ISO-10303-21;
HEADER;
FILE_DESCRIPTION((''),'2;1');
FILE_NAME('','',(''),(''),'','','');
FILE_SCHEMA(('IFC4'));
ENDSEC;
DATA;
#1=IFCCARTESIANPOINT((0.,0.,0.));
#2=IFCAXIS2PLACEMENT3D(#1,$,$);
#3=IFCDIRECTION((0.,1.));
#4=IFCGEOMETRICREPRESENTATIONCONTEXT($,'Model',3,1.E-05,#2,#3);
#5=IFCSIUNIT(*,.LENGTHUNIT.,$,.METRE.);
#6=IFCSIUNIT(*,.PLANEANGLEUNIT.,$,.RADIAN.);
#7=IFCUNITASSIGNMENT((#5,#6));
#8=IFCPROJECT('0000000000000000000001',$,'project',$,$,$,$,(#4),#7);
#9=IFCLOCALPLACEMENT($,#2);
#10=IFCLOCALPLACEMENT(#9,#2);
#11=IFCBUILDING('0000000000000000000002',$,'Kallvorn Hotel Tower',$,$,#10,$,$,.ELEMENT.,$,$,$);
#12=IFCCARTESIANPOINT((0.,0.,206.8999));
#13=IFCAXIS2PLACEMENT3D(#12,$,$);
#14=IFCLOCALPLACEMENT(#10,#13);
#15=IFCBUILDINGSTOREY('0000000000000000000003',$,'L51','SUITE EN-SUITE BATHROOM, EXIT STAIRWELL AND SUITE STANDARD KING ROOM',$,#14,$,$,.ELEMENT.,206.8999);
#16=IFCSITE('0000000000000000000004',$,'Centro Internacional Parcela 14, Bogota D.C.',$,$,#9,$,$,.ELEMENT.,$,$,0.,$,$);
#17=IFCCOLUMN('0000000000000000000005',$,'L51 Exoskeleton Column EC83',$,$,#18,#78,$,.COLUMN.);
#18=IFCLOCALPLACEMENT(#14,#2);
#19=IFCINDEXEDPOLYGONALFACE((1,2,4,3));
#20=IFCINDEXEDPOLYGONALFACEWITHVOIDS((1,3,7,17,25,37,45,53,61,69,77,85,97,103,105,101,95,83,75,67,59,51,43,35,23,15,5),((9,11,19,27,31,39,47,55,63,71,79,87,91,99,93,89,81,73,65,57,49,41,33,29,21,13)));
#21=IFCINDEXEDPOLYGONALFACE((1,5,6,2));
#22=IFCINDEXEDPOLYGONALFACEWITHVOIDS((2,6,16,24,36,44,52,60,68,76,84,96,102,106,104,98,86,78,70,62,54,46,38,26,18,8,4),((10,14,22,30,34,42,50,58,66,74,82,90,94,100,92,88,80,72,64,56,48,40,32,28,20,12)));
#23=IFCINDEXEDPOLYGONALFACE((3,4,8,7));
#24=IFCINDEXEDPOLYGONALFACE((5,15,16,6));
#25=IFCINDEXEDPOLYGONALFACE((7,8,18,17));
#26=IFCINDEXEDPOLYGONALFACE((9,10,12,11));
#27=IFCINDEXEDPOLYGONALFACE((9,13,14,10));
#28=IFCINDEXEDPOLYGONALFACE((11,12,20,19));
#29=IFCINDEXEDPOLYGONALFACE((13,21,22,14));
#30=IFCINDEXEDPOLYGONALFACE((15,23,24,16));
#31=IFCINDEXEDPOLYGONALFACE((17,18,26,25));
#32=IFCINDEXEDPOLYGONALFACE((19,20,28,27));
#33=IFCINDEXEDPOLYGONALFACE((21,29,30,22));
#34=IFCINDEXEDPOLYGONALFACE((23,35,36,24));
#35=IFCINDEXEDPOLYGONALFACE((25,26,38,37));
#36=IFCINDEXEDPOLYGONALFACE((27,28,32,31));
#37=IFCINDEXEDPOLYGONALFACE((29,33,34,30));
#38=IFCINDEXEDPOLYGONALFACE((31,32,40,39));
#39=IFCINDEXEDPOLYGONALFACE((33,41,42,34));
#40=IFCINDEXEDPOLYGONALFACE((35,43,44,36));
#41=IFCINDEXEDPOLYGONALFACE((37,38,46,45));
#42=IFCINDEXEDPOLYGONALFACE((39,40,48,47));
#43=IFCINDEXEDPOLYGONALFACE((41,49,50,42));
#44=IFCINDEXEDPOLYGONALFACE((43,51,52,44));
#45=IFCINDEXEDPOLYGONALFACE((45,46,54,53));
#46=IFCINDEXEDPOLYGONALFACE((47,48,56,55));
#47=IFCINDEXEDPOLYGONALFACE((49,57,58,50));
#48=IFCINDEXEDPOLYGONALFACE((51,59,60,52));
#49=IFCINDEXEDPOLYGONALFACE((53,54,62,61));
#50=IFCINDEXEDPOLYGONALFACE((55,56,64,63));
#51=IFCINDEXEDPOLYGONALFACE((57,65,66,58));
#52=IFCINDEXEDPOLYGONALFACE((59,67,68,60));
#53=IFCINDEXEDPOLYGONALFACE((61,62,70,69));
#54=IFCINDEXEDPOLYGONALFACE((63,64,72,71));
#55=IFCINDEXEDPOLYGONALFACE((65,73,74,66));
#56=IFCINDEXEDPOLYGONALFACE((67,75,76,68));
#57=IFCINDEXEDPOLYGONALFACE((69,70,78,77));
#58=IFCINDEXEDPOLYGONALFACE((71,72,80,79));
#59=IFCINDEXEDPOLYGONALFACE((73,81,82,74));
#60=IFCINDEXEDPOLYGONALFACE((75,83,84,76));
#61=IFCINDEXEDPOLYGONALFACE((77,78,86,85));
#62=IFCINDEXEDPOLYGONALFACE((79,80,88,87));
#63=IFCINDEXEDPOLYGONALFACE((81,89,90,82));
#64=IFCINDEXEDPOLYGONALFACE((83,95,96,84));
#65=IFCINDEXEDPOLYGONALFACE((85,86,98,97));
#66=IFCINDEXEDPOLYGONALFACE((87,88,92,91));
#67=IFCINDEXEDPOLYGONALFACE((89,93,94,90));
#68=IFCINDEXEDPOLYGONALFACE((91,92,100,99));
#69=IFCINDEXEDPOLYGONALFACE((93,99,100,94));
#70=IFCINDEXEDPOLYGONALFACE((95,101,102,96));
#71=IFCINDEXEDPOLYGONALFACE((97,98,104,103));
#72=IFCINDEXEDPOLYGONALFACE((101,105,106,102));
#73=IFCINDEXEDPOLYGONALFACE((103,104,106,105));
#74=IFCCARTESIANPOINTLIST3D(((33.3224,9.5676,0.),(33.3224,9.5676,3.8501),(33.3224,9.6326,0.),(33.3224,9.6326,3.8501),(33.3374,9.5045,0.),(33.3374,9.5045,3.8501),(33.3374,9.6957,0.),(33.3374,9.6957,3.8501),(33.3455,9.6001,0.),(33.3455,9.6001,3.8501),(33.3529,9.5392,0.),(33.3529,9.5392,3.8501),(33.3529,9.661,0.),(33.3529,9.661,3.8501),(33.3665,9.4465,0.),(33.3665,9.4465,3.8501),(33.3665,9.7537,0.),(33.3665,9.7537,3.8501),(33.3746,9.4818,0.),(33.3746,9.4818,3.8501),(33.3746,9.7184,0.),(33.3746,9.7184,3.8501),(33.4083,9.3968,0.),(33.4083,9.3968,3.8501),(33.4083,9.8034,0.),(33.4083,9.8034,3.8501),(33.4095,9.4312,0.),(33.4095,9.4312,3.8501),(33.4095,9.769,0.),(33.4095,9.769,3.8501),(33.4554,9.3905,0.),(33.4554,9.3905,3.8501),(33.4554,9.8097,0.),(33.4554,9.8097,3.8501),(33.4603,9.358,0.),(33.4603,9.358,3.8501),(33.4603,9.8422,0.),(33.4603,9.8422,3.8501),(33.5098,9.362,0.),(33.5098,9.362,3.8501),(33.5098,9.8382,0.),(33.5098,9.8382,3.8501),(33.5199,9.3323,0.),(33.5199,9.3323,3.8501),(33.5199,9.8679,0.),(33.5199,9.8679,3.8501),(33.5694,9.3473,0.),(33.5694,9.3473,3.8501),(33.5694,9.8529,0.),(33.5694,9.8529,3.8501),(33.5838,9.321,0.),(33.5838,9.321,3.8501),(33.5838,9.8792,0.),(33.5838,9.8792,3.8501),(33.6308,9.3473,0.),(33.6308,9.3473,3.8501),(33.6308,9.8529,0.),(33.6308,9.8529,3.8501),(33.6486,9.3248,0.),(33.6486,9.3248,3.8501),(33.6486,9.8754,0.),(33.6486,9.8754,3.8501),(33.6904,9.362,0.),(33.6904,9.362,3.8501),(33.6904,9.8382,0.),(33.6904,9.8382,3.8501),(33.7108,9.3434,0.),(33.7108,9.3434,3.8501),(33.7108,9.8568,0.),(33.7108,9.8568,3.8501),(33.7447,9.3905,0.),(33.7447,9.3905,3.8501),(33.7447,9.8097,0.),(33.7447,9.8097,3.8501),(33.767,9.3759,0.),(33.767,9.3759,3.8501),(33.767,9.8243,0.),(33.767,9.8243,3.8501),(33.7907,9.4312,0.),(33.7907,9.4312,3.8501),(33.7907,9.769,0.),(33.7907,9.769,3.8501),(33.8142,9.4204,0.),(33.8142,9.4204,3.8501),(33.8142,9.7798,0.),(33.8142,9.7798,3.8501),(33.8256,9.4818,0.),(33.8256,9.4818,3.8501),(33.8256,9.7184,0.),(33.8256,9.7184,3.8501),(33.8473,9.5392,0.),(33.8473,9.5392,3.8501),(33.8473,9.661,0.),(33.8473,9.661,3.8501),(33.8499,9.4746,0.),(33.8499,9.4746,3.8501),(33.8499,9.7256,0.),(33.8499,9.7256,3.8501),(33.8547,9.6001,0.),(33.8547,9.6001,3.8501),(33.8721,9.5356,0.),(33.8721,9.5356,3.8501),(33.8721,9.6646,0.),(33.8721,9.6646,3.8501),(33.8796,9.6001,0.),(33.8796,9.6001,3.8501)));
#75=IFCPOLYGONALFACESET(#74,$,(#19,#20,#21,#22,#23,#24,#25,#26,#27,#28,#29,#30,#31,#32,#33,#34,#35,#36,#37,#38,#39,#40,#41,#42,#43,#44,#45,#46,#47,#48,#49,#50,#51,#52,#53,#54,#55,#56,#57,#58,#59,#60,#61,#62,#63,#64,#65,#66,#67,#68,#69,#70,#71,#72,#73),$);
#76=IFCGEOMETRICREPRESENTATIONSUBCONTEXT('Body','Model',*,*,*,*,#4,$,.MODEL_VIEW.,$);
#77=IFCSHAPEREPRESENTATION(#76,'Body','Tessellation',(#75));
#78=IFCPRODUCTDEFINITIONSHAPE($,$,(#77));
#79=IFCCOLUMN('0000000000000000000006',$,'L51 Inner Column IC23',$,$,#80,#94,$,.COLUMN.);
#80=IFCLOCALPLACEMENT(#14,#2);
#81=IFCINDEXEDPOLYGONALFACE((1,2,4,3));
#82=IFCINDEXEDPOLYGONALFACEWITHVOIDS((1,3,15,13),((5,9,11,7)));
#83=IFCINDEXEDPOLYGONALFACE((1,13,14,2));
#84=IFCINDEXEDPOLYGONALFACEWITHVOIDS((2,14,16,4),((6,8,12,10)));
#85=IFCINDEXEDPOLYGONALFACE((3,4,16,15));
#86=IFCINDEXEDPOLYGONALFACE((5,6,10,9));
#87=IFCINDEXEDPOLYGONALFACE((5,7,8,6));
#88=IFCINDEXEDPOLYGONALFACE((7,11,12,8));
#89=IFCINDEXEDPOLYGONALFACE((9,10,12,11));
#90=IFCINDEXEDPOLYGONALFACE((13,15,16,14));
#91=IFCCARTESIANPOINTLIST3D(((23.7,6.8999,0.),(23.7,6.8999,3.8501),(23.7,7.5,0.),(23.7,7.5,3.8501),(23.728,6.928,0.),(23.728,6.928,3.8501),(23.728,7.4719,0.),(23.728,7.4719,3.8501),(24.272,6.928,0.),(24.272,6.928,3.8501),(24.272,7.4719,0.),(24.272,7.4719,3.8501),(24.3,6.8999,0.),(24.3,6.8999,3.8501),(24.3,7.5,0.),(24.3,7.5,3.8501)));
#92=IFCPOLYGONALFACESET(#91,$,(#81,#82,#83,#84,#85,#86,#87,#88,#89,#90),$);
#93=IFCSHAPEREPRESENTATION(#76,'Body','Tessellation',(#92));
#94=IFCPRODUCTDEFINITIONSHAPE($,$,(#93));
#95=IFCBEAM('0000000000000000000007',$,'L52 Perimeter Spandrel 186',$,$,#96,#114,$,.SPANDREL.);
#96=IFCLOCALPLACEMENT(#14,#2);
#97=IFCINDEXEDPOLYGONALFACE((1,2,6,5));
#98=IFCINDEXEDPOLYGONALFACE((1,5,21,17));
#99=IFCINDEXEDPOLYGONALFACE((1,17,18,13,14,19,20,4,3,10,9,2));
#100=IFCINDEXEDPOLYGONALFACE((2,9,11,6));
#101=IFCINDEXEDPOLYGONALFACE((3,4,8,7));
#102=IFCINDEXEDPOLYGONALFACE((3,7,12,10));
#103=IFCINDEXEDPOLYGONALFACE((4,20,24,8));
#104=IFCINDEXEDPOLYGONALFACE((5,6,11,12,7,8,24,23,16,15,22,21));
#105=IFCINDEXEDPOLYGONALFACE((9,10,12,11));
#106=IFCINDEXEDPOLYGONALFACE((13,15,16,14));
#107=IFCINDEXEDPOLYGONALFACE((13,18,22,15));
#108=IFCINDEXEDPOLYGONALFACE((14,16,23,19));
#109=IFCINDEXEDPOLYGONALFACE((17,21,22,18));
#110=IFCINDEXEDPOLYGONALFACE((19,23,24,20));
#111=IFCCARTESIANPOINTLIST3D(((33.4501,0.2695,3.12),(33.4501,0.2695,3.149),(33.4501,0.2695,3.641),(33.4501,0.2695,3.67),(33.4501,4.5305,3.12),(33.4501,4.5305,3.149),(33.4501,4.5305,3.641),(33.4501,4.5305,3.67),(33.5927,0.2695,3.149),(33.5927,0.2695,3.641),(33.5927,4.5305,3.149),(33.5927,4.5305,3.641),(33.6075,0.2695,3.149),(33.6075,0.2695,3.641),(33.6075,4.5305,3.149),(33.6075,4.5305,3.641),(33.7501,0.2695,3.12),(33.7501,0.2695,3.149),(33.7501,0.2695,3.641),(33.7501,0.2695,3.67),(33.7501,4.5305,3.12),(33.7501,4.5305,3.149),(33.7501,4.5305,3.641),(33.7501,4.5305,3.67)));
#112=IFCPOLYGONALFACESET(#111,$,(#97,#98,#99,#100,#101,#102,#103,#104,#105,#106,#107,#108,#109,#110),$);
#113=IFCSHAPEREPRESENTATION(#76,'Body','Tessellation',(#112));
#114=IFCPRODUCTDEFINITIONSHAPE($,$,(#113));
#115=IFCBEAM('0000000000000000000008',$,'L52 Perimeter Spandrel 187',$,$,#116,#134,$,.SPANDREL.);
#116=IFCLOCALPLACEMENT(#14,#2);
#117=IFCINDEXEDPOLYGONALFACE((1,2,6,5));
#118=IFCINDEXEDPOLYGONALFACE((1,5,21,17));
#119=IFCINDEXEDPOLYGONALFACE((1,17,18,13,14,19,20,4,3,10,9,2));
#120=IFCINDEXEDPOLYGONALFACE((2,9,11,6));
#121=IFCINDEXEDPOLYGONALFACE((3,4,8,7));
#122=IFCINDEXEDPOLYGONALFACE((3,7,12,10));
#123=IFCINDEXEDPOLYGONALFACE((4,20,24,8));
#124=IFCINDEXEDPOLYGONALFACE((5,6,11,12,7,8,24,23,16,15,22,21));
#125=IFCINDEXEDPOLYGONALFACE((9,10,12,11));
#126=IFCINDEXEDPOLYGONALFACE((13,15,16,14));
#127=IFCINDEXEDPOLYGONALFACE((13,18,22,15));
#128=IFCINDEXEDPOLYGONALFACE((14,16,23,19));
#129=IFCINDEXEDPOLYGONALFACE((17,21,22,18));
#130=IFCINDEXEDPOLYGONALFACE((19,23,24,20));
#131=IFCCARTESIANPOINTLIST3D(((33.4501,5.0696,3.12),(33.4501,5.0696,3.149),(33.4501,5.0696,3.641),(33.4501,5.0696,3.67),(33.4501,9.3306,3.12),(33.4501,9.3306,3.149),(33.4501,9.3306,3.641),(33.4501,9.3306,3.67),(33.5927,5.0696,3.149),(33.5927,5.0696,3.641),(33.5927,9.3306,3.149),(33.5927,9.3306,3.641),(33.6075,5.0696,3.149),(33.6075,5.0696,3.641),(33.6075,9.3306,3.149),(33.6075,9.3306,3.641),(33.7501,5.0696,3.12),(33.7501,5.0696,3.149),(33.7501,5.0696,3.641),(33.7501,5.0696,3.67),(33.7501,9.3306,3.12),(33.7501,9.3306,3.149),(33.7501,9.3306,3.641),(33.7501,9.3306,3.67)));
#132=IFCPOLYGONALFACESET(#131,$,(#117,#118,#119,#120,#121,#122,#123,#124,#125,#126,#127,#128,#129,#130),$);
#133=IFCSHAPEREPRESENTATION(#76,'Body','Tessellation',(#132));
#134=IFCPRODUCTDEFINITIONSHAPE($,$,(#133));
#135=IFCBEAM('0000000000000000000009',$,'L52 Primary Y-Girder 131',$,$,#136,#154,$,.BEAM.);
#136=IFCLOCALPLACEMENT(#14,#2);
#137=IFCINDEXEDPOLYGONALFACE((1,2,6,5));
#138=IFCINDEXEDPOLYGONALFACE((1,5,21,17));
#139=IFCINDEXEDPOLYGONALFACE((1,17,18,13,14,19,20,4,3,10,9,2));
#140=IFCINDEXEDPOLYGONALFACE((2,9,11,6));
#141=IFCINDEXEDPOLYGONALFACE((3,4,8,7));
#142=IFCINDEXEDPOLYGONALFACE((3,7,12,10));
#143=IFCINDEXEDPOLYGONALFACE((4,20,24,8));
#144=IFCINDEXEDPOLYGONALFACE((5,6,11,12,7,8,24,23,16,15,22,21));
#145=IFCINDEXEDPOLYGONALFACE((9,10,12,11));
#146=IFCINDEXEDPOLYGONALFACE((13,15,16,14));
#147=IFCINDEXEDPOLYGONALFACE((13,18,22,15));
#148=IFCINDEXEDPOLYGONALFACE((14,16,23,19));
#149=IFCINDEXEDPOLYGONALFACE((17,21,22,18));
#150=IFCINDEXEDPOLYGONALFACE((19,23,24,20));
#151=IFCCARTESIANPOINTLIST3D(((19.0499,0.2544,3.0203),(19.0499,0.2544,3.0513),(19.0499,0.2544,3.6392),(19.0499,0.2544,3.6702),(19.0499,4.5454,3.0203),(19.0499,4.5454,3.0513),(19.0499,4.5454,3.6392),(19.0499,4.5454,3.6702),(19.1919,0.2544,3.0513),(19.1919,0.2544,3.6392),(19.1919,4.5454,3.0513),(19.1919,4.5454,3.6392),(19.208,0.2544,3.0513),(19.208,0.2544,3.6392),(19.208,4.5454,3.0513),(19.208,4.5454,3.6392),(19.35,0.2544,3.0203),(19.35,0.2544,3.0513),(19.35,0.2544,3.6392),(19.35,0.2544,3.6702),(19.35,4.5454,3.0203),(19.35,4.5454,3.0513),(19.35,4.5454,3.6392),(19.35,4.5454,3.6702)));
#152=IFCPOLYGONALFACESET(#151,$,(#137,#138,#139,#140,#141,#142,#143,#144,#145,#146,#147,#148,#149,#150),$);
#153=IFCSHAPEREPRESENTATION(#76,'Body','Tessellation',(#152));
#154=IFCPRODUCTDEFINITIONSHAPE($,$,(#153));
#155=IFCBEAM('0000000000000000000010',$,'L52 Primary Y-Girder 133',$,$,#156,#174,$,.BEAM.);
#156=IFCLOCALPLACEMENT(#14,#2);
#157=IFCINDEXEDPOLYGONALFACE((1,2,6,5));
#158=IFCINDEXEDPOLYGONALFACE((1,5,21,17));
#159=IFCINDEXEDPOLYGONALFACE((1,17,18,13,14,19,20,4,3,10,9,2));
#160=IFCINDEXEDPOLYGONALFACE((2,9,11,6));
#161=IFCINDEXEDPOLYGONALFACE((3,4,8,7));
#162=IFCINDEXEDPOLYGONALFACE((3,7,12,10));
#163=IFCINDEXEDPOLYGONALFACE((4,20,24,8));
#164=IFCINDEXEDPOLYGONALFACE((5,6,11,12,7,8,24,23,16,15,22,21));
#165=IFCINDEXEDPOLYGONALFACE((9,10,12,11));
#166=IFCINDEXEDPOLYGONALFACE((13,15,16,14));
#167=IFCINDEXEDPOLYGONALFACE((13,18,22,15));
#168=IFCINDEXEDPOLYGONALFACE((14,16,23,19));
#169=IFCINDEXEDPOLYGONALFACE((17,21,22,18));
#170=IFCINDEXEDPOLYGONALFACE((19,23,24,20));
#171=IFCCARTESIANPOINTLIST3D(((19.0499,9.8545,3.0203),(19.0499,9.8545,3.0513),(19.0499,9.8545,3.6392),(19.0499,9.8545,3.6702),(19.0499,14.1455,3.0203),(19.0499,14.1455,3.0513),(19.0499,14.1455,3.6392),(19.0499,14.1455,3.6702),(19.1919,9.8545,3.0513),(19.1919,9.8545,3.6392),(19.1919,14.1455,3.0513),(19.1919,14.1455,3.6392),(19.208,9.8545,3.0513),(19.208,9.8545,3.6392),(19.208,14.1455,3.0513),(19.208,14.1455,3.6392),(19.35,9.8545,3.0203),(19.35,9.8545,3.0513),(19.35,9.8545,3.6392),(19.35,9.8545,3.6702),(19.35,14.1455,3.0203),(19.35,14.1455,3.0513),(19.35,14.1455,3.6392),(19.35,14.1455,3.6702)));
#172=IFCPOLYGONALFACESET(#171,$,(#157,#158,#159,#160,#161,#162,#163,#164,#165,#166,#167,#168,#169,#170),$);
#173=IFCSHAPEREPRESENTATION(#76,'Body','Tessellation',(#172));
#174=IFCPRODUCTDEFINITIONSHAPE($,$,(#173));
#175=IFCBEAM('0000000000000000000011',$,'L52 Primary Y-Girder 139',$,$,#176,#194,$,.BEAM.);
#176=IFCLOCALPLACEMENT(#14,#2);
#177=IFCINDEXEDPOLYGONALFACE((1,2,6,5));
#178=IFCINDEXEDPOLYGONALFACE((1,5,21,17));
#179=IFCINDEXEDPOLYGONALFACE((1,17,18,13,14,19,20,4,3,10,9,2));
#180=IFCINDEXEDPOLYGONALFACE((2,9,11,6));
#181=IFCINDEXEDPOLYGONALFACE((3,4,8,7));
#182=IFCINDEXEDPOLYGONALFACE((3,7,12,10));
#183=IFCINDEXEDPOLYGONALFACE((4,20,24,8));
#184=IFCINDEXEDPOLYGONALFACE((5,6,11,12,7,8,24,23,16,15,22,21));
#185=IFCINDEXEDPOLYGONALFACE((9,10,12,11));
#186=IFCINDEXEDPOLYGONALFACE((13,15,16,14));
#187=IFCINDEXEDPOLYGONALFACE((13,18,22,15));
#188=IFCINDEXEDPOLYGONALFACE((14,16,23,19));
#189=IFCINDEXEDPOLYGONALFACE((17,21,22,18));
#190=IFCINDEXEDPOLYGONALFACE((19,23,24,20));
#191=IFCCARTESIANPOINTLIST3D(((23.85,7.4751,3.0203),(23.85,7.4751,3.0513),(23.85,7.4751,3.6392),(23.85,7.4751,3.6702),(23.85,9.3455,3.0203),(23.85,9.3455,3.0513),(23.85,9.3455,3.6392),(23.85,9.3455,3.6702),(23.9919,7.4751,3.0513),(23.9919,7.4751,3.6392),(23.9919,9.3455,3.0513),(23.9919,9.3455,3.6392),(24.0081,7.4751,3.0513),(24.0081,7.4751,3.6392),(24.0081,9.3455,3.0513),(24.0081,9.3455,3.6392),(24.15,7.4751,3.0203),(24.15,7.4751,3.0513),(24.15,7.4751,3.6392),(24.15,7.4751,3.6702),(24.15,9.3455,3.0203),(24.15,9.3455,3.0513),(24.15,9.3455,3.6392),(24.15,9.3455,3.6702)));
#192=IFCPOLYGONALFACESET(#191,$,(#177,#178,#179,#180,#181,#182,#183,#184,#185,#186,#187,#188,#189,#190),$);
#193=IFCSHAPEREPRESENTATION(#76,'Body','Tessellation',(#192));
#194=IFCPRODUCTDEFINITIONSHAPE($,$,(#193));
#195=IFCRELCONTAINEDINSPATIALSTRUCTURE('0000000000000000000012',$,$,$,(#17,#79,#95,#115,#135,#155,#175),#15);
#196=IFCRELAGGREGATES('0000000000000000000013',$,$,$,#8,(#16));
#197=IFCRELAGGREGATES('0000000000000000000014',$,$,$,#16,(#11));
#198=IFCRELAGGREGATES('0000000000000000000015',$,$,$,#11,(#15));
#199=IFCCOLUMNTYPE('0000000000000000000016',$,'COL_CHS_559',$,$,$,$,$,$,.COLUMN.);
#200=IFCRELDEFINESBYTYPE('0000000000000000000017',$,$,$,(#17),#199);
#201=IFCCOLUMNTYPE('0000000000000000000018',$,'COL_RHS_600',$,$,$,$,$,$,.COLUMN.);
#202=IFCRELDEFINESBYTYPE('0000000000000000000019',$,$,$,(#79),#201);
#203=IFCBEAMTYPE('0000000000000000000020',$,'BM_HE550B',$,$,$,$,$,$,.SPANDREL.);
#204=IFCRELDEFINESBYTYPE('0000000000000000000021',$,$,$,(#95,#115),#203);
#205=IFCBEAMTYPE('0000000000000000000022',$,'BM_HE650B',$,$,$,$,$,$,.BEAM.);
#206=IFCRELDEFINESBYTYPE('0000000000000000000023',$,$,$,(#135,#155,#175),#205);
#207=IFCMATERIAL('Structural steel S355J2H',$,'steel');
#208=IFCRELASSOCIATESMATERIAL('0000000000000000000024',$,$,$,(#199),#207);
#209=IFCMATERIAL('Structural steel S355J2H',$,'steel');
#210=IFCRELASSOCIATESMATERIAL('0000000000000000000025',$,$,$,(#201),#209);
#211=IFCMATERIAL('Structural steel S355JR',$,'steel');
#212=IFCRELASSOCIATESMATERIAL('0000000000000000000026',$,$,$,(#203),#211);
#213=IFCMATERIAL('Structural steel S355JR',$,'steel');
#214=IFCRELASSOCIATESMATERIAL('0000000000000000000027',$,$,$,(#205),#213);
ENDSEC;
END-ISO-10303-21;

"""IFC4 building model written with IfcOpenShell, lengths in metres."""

from ifc_helpers import new_model, si_unit, direction, frame, origin, origin_2d, place, context, subcontext, project, spatial, hollow_rectangle, hollow_circle, i_section, extrude, material, material_profile, profile_set, type_object, element, save


model = new_model("IFC4")

# Units and contexts
model_context = context("Model", 3, precision=1e-05, world=origin(), true_north=direction((0.0, 1.0)))
body_context = subcontext(model_context, "Body", "Model", "MODEL_VIEW")
ifc_project = project(units=[si_unit("LENGTHUNIT", "METRE"), si_unit("PLANEANGLEUNIT", "RADIAN")], contexts=[model_context])

# Site, building, storey
site_placement = place(None, origin())
site = spatial("IfcSite", under=ifc_project, at=site_placement, Name="Centro Internacional Parcela 14, Bogota D.C.", CompositionType="ELEMENT", RefElevation=0.0)
building_placement = place(site_placement, origin())
building = spatial("IfcBuilding", under=site, at=building_placement, Name="Kallvorn Hotel Tower", CompositionType="ELEMENT")
storey_placement = place(building_placement, frame((0.0, 0.0, 206.8999)))
storey = spatial("IfcBuildingStorey", under=building, at=storey_placement, Name="L51", Description="SUITE EN-SUITE BATHROOM, EXIT STAIRWELL AND SUITE STANDARD KING ROOM", CompositionType="ELEMENT", Elevation=206.8999)

# Columns
ifc_material_1 = material(Name="Structural steel S355J2H", Category="steel")
ifc_material_profile_1 = material_profile(ifc_material_1, hollow_circle(Radius=0.2795, WallThickness=0.0249, at=origin_2d()), Name="CHS 559x25")
ifc_profile_set_1 = profile_set([ifc_material_profile_1], Name="Structural steel S355J2H")
column_type_1 = type_object("IfcColumnType", Name="COL_CHS_559", PredefinedType="COLUMN", material=ifc_profile_set_1)
for number, where, z_axis, x_axis, name in (
    (1, (33.6001, 9.6001, 0.0), (0.0, 0.0, 1.0), (1.0, 0.0, 0.0), "L51 Exoskeleton Column EC83"),
):
    element("IfcColumn", number, at=place(storey_placement, frame(where, z_axis=z_axis, x_axis=x_axis)), inside=storey, type_object=column_type_1, Name=name, PredefinedType="COLUMN", context=body_context, shape_type="SweptSolid", body=[
        extrude(hollow_circle(Radius=0.2795, WallThickness=0.0249, at=origin_2d()), origin(), (0.0, 0.0, 1.0), 3.8501),
    ])
ifc_material_2 = material(Name="Structural steel S355J2H", Category="steel")
ifc_material_profile_2 = material_profile(ifc_material_2, hollow_rectangle(XDim=0.6001, YDim=0.6001, WallThickness=0.0281, at=origin_2d()), Name="RHS 600x600x28")
ifc_profile_set_2 = profile_set([ifc_material_profile_2], Name="Structural steel S355J2H")
column_type_2 = type_object("IfcColumnType", Name="COL_RHS_600", PredefinedType="COLUMN", material=ifc_profile_set_2)
column_placement = place(storey_placement, frame((24.0, 7.2, 0.0), z_axis=(0.0, 0.0, 1.0), x_axis=(1.0, 0.0, 0.0)))
element("IfcColumn", 2, at=column_placement, inside=storey, type_object=column_type_2, Name="L51 Inner Column IC23", PredefinedType="COLUMN", context=body_context, shape_type="SweptSolid", body=[
    extrude(hollow_rectangle(XDim=0.6001, YDim=0.6001, WallThickness=0.0281, at=origin_2d()), origin(), (0.0, 0.0, 1.0), 3.8501),
])

# Beams
ifc_material_3 = material(Name="Structural steel S355JR", Category="steel")
ifc_material_profile_3 = material_profile(ifc_material_3, i_section(OverallWidth=0.3, OverallDepth=0.55, WebThickness=0.0149, FlangeThickness=0.0291, at=origin_2d()), Name="HE 550 B")
ifc_profile_set_3 = profile_set([ifc_material_profile_3], Name="Structural steel S355JR")
beam_type_1 = type_object("IfcBeamType", Name="BM_HE550B", PredefinedType="SPANDREL", material=ifc_profile_set_3)
for number, where, z_axis, x_axis, name in (
    (3, (33.6001, 0.2695, 3.395), (0.0, 1.0, 0.0), (-1.0, 0.0, 0.0), "L52 Perimeter Spandrel 186"),
    (4, (33.6001, 5.0696, 3.395), (0.0, 1.0, 0.0), (-1.0, 0.0, 0.0), "L52 Perimeter Spandrel 187"),
):
    element("IfcBeam", number, at=place(storey_placement, frame(where, z_axis=z_axis, x_axis=x_axis)), inside=storey, type_object=beam_type_1, Name=name, PredefinedType="SPANDREL", context=body_context, shape_type="SweptSolid", body=[
        extrude(i_section(OverallWidth=0.3, OverallDepth=0.55, WebThickness=0.0149, FlangeThickness=0.0291, at=origin_2d()), origin(), (0.0, 0.0, 1.0), 4.261),
    ])
ifc_material_4 = material(Name="Structural steel S355JR", Category="steel")
ifc_material_profile_4 = material_profile(ifc_material_4, i_section(OverallWidth=0.3, OverallDepth=0.6499, WebThickness=0.0161, FlangeThickness=0.031, at=origin_2d()), Name="HE 650 B")
ifc_profile_set_4 = profile_set([ifc_material_profile_4], Name="Structural steel S355JR")
beam_type_2 = type_object("IfcBeamType", Name="BM_HE650B", PredefinedType="BEAM", material=ifc_profile_set_4)
for number, where, z_axis, x_axis, name in (
    (5, (19.2, 0.2544, 3.3452), (0.0, 1.0, 0.0), (-1.0, 0.0, 0.0), "L52 Primary Y-Girder 131"),
    (6, (19.2, 9.8545, 3.3452), (0.0, 1.0, 0.0), (-1.0, 0.0, 0.0), "L52 Primary Y-Girder 133"),
):
    element("IfcBeam", number, at=place(storey_placement, frame(where, z_axis=z_axis, x_axis=x_axis)), inside=storey, type_object=beam_type_2, Name=name, PredefinedType="BEAM", context=body_context, shape_type="SweptSolid", body=[
        extrude(i_section(OverallWidth=0.3, OverallDepth=0.6499, WebThickness=0.0161, FlangeThickness=0.031, at=origin_2d()), origin(), (0.0, 0.0, 1.0), 4.291),
    ])
beam_1_placement = place(storey_placement, frame((24.0, 7.4751, 3.3452), z_axis=(0.0, 1.0, 0.0), x_axis=(-1.0, 0.0, 0.0)))
element("IfcBeam", 7, at=beam_1_placement, inside=storey, type_object=beam_type_2, Name="L52 Primary Y-Girder 139", PredefinedType="BEAM", context=body_context, shape_type="SweptSolid", body=[
    extrude(i_section(OverallWidth=0.3, OverallDepth=0.6499, WebThickness=0.0161, FlangeThickness=0.031, at=origin_2d()), origin(), (0.0, 0.0, 1.0), 1.8704),
])

save(model, "model.ifc")
